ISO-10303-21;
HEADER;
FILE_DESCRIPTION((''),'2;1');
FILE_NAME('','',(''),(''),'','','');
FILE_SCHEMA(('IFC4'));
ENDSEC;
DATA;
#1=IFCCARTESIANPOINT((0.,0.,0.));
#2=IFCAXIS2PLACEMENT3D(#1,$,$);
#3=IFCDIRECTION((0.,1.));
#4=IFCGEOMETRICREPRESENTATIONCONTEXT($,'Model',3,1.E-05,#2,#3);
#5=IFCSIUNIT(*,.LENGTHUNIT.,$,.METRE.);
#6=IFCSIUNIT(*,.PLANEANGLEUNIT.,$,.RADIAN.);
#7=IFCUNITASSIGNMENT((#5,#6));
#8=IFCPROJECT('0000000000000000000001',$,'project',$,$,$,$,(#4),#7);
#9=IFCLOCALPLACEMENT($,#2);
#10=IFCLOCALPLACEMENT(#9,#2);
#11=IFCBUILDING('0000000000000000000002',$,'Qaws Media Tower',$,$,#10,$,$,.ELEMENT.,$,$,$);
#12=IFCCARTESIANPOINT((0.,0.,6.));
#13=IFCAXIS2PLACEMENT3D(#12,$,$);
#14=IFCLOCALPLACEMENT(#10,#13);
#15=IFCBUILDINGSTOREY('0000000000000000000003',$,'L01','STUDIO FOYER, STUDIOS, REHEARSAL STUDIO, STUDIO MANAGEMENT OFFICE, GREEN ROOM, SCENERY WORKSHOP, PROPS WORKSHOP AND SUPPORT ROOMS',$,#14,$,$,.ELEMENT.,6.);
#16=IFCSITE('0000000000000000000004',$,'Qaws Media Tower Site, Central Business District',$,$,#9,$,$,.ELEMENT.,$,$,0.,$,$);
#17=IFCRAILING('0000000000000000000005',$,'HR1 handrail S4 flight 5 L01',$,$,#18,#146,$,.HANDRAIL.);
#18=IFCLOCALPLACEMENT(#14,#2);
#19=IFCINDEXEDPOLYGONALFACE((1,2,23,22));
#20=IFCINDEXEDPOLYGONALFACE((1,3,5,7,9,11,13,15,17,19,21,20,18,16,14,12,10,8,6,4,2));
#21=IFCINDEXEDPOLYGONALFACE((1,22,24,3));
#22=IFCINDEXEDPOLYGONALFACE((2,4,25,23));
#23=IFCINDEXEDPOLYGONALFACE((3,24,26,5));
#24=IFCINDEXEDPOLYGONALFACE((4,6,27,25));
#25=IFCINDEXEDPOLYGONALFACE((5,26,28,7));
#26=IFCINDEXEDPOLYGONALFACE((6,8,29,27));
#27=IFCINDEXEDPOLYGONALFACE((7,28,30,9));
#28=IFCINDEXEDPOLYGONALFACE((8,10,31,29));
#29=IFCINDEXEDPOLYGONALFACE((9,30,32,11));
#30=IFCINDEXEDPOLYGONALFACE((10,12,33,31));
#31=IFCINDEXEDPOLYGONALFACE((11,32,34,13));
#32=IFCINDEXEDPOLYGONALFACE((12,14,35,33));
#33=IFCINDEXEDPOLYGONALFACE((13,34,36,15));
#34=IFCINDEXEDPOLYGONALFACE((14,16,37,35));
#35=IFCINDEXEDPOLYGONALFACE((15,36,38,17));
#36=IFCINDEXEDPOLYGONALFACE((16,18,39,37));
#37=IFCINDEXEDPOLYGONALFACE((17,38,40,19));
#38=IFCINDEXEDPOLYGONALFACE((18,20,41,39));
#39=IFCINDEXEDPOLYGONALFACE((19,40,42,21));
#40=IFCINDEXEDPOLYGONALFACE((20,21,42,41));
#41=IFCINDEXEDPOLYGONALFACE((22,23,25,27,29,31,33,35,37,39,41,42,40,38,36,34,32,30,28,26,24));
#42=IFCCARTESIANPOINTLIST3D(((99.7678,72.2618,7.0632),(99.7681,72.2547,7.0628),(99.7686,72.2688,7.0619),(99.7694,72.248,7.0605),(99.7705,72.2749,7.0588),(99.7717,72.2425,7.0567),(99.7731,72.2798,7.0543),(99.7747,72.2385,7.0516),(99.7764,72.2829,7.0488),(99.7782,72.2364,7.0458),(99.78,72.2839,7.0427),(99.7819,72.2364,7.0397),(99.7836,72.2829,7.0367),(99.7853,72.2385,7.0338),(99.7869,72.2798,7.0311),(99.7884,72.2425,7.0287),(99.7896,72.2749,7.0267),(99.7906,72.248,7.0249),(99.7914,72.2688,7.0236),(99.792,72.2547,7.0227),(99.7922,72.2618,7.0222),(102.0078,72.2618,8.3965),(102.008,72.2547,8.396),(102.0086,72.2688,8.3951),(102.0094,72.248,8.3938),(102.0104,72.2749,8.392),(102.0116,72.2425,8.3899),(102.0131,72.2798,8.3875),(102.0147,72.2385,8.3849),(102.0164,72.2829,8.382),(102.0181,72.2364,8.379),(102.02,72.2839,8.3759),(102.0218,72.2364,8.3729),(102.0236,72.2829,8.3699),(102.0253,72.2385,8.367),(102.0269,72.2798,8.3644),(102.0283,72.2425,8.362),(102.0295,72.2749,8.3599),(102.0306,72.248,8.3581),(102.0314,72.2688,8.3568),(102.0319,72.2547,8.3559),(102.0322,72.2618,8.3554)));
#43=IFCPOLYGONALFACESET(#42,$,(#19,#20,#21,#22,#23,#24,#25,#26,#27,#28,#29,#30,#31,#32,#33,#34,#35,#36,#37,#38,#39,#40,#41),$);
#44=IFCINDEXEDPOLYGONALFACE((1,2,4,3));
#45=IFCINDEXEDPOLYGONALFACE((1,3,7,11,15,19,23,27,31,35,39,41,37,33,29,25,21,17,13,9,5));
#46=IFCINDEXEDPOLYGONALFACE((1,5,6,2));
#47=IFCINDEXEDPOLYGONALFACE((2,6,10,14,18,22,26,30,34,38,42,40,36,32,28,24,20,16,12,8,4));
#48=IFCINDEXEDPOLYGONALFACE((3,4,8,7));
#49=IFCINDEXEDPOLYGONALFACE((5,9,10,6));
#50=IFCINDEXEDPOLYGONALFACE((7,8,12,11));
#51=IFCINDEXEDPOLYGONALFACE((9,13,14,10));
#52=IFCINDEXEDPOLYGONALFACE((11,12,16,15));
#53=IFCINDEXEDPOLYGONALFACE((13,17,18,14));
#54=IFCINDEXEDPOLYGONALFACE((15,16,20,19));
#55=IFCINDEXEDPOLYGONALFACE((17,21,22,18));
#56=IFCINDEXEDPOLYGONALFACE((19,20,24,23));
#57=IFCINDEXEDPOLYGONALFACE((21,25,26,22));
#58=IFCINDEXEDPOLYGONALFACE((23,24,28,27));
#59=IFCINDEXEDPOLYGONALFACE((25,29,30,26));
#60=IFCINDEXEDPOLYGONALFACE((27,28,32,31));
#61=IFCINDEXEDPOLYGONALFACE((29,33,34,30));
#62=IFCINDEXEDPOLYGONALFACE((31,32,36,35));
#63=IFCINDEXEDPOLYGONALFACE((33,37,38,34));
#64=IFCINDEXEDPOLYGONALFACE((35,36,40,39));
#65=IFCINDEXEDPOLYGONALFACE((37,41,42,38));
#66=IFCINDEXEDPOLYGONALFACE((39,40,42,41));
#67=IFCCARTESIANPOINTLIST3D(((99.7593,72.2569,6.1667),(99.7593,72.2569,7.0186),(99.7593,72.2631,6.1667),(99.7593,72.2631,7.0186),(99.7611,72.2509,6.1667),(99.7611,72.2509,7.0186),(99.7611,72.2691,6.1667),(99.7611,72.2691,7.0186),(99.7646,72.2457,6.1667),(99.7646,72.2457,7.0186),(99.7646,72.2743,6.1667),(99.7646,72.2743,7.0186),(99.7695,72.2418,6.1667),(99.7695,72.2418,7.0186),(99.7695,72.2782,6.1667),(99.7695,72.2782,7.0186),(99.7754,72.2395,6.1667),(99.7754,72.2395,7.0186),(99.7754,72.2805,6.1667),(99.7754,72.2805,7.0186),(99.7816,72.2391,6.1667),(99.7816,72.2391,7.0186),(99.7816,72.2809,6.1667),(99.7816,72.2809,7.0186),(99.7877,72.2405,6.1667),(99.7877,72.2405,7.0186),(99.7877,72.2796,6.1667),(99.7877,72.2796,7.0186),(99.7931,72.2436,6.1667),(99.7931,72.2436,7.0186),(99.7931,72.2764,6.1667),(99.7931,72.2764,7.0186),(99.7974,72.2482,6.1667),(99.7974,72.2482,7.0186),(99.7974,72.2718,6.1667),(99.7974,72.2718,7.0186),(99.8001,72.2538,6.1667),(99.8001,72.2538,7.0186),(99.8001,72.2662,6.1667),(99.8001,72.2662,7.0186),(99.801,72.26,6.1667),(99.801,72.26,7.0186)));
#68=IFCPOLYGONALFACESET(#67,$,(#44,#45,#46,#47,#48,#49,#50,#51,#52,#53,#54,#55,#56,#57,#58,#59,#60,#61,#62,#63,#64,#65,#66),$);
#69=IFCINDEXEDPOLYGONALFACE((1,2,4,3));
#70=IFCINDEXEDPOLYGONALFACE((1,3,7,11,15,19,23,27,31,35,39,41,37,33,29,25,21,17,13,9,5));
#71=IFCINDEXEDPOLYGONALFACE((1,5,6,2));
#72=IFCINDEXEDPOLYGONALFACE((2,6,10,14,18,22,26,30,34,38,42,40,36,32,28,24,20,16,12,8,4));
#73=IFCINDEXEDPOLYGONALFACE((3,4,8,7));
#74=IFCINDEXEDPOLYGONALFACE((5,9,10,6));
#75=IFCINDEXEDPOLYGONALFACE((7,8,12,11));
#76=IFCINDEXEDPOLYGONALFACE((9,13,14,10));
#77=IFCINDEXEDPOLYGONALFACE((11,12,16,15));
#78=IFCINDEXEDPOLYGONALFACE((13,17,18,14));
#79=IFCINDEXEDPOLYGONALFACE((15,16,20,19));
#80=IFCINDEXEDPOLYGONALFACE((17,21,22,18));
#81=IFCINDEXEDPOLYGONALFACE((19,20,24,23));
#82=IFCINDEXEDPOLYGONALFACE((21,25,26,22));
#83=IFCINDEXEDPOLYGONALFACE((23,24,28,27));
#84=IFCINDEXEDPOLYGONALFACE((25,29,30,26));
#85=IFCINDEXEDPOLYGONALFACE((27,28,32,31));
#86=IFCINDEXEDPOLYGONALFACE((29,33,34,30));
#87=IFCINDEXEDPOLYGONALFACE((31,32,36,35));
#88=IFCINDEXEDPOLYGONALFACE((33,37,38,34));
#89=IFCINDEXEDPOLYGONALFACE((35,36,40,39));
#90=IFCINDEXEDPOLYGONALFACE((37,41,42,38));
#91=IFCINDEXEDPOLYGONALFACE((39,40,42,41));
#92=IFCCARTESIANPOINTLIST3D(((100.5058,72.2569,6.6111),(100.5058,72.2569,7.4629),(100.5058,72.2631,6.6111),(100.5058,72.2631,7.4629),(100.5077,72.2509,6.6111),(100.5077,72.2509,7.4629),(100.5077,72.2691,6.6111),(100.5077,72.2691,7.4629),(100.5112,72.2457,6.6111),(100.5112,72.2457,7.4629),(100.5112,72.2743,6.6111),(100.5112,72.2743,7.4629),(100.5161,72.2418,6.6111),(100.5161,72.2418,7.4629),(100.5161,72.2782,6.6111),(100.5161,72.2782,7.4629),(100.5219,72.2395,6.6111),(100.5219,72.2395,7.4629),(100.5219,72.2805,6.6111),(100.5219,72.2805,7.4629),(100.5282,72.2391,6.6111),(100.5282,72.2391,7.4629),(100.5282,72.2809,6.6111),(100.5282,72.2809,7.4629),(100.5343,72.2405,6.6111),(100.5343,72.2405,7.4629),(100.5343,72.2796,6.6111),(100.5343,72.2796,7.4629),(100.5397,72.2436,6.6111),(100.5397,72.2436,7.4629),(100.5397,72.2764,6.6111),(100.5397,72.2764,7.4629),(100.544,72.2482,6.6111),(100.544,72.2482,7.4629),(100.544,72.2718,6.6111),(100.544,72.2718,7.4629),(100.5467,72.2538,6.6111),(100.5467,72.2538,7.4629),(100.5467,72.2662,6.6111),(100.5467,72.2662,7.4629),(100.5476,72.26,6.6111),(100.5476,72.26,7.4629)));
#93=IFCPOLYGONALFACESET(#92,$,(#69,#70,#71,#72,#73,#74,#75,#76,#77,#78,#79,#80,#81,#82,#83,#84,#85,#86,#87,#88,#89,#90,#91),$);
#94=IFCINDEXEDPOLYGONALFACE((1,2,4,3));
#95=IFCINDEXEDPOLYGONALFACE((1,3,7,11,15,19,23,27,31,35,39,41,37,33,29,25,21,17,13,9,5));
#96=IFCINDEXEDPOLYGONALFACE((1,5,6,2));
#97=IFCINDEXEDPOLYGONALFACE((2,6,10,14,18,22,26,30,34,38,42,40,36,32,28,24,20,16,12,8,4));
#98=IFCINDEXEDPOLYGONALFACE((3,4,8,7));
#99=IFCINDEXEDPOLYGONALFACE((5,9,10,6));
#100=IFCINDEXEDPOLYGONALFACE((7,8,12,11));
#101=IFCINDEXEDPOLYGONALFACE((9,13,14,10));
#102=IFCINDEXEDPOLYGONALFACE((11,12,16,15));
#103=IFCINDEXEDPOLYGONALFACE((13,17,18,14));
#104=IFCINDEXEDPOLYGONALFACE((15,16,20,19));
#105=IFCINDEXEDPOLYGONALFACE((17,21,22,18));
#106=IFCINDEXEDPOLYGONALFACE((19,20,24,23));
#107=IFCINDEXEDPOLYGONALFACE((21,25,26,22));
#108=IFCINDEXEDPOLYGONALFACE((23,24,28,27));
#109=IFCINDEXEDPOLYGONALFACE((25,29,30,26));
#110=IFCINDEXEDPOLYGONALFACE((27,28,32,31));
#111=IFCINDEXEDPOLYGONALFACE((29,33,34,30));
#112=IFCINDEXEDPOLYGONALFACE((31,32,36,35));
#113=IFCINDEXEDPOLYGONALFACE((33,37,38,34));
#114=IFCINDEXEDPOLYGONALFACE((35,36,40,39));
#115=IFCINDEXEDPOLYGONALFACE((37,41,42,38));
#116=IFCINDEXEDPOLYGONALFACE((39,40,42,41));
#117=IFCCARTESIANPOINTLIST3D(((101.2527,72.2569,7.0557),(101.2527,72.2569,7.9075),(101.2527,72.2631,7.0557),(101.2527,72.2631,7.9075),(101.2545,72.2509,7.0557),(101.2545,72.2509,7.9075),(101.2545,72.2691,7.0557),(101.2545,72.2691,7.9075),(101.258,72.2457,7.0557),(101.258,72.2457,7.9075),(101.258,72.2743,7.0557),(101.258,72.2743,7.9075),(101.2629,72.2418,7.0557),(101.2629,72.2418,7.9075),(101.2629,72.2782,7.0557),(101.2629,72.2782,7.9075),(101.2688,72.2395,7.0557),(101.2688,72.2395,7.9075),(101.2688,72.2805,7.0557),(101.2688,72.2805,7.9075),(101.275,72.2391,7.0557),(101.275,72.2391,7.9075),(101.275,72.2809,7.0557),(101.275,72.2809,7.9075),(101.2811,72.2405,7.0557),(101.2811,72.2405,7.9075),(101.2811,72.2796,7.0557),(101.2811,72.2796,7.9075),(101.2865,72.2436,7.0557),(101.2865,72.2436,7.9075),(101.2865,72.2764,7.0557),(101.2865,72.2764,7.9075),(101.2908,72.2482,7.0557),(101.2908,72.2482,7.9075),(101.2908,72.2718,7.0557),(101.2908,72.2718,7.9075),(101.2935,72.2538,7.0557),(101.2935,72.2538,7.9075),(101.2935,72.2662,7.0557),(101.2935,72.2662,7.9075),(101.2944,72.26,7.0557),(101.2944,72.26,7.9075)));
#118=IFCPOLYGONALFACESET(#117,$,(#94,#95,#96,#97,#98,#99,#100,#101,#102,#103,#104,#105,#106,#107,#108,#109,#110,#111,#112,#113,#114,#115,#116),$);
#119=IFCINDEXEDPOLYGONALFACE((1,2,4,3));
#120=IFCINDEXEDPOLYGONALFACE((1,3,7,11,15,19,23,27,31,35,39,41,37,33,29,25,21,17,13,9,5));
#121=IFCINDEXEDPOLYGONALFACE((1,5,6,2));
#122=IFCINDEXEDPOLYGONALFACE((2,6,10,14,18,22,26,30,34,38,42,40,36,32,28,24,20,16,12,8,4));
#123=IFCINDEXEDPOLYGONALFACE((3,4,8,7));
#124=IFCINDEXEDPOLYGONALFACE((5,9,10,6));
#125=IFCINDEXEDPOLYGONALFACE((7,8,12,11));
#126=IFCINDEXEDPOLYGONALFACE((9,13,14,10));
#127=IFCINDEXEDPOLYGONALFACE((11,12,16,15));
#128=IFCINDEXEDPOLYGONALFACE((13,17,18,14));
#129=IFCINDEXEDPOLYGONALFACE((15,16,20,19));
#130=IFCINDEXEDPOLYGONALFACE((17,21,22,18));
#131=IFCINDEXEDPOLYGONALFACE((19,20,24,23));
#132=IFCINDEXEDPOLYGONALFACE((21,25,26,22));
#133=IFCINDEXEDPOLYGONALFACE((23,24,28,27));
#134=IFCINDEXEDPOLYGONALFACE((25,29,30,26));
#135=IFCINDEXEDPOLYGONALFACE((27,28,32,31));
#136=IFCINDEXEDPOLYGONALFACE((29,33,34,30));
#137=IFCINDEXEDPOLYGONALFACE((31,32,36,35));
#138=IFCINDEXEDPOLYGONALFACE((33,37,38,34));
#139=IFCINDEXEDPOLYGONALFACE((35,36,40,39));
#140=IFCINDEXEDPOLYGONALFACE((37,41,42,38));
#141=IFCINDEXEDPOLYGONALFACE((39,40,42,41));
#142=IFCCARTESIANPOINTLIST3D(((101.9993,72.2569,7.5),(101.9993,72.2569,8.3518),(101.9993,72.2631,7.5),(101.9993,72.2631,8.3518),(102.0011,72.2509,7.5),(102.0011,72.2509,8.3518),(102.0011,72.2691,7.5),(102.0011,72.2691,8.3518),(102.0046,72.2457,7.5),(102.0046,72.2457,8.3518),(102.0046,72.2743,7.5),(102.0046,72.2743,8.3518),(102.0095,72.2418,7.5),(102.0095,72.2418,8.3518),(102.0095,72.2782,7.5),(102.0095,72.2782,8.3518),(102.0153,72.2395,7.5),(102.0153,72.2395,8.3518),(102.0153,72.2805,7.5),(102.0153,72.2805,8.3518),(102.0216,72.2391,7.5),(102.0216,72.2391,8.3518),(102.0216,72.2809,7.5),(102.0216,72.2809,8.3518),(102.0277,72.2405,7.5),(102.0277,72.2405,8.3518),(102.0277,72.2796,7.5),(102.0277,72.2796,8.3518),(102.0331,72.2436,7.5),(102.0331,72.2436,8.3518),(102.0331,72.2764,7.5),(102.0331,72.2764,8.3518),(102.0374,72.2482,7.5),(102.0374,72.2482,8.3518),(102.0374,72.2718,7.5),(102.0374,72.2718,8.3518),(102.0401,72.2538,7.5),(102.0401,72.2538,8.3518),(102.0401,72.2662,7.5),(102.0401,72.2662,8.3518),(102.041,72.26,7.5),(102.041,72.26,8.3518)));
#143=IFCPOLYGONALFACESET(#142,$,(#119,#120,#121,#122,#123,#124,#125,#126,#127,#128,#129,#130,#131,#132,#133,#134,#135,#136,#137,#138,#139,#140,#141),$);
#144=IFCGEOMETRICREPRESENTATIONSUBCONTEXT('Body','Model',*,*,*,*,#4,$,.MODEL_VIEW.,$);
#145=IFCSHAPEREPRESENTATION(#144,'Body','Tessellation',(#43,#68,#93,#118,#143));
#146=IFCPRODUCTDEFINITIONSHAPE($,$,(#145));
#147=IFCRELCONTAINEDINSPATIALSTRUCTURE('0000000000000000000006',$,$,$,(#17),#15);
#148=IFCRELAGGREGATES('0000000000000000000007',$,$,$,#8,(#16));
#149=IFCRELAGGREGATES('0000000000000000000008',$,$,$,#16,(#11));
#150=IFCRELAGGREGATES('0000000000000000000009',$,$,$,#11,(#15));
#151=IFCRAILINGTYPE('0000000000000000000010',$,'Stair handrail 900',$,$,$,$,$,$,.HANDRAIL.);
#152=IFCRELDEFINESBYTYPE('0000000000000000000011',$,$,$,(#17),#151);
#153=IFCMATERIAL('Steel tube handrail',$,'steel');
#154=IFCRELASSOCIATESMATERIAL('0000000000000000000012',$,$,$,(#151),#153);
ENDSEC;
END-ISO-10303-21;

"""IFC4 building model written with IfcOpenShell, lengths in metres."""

from ifc_helpers import new_model, si_unit, direction, frame, origin, origin_2d, place, context, subcontext, project, spatial, circle, extrude, material, type_object, element, save


model = new_model("IFC4")

# Units and contexts
model_context = context("Model", 3, precision=1e-05, world=origin(), true_north=direction((0.0, 1.0)))
body_context = subcontext(model_context, "Body", "Model", "MODEL_VIEW")
ifc_project = project(units=[si_unit("LENGTHUNIT", "METRE"), si_unit("PLANEANGLEUNIT", "RADIAN")], contexts=[model_context])

# Site, building, storey
site_placement = place(None, origin())
site = spatial("IfcSite", under=ifc_project, at=site_placement, Name="Qaws Media Tower Site, Central Business District", CompositionType="ELEMENT", RefElevation=0.0)
building_placement = place(site_placement, origin())
building = spatial("IfcBuilding", under=site, at=building_placement, Name="Qaws Media Tower", CompositionType="ELEMENT")
storey_placement = place(building_placement, frame((0.0, 0.0, 6.0)))
storey = spatial("IfcBuildingStorey", under=building, at=storey_placement, Name="L01", Description="STUDIO FOYER, STUDIOS, REHEARSAL STUDIO, STUDIO MANAGEMENT OFFICE, GREEN ROOM, SCENERY WORKSHOP, PROPS WORKSHOP AND SUPPORT ROOMS", CompositionType="ELEMENT", Elevation=6.0)

# Railing
ifc_material_1 = material(Name="Steel tube handrail", Category="steel")
railing_type = type_object("IfcRailingType", Name="Stair handrail 900", PredefinedType="HANDRAIL", material=ifc_material_1)
railing_1_placement = place(storey_placement, frame((99.78, 72.26, 6.1667)))
element("IfcRailing", 1, at=railing_1_placement, inside=storey, type_object=railing_type, Name="HR1 handrail S4 flight 5 L01", PredefinedType="HANDRAIL", context=body_context, shape_type="SweptSolid", body=[
    extrude(circle(Radius=0.0239, at=origin_2d()), frame((0.0, 0.0, 0.876), z_axis=(0.859306, 0.0, 0.511462), x_axis=(0.0, 1.0, 0.0)), (0.0, 0.0, 1.0), 2.6067),
    extrude(circle(Radius=0.021, at=origin_2d()), origin(), (0.0, 0.0, 1.0), 0.8518),
    extrude(circle(Radius=0.021, at=origin_2d()), frame((0.7466, 0.0, 0.4443)), (0.0, 0.0, 1.0), 0.8518),
    extrude(circle(Radius=0.021, at=origin_2d()), frame((1.4934, 0.0, 0.8889)), (0.0, 0.0, 1.0), 0.8518),
    extrude(circle(Radius=0.021, at=origin_2d()), frame((2.24, 0.0, 1.3333)), (0.0, 0.0, 1.0), 0.8518),
])

save(model, "model.ifc")
